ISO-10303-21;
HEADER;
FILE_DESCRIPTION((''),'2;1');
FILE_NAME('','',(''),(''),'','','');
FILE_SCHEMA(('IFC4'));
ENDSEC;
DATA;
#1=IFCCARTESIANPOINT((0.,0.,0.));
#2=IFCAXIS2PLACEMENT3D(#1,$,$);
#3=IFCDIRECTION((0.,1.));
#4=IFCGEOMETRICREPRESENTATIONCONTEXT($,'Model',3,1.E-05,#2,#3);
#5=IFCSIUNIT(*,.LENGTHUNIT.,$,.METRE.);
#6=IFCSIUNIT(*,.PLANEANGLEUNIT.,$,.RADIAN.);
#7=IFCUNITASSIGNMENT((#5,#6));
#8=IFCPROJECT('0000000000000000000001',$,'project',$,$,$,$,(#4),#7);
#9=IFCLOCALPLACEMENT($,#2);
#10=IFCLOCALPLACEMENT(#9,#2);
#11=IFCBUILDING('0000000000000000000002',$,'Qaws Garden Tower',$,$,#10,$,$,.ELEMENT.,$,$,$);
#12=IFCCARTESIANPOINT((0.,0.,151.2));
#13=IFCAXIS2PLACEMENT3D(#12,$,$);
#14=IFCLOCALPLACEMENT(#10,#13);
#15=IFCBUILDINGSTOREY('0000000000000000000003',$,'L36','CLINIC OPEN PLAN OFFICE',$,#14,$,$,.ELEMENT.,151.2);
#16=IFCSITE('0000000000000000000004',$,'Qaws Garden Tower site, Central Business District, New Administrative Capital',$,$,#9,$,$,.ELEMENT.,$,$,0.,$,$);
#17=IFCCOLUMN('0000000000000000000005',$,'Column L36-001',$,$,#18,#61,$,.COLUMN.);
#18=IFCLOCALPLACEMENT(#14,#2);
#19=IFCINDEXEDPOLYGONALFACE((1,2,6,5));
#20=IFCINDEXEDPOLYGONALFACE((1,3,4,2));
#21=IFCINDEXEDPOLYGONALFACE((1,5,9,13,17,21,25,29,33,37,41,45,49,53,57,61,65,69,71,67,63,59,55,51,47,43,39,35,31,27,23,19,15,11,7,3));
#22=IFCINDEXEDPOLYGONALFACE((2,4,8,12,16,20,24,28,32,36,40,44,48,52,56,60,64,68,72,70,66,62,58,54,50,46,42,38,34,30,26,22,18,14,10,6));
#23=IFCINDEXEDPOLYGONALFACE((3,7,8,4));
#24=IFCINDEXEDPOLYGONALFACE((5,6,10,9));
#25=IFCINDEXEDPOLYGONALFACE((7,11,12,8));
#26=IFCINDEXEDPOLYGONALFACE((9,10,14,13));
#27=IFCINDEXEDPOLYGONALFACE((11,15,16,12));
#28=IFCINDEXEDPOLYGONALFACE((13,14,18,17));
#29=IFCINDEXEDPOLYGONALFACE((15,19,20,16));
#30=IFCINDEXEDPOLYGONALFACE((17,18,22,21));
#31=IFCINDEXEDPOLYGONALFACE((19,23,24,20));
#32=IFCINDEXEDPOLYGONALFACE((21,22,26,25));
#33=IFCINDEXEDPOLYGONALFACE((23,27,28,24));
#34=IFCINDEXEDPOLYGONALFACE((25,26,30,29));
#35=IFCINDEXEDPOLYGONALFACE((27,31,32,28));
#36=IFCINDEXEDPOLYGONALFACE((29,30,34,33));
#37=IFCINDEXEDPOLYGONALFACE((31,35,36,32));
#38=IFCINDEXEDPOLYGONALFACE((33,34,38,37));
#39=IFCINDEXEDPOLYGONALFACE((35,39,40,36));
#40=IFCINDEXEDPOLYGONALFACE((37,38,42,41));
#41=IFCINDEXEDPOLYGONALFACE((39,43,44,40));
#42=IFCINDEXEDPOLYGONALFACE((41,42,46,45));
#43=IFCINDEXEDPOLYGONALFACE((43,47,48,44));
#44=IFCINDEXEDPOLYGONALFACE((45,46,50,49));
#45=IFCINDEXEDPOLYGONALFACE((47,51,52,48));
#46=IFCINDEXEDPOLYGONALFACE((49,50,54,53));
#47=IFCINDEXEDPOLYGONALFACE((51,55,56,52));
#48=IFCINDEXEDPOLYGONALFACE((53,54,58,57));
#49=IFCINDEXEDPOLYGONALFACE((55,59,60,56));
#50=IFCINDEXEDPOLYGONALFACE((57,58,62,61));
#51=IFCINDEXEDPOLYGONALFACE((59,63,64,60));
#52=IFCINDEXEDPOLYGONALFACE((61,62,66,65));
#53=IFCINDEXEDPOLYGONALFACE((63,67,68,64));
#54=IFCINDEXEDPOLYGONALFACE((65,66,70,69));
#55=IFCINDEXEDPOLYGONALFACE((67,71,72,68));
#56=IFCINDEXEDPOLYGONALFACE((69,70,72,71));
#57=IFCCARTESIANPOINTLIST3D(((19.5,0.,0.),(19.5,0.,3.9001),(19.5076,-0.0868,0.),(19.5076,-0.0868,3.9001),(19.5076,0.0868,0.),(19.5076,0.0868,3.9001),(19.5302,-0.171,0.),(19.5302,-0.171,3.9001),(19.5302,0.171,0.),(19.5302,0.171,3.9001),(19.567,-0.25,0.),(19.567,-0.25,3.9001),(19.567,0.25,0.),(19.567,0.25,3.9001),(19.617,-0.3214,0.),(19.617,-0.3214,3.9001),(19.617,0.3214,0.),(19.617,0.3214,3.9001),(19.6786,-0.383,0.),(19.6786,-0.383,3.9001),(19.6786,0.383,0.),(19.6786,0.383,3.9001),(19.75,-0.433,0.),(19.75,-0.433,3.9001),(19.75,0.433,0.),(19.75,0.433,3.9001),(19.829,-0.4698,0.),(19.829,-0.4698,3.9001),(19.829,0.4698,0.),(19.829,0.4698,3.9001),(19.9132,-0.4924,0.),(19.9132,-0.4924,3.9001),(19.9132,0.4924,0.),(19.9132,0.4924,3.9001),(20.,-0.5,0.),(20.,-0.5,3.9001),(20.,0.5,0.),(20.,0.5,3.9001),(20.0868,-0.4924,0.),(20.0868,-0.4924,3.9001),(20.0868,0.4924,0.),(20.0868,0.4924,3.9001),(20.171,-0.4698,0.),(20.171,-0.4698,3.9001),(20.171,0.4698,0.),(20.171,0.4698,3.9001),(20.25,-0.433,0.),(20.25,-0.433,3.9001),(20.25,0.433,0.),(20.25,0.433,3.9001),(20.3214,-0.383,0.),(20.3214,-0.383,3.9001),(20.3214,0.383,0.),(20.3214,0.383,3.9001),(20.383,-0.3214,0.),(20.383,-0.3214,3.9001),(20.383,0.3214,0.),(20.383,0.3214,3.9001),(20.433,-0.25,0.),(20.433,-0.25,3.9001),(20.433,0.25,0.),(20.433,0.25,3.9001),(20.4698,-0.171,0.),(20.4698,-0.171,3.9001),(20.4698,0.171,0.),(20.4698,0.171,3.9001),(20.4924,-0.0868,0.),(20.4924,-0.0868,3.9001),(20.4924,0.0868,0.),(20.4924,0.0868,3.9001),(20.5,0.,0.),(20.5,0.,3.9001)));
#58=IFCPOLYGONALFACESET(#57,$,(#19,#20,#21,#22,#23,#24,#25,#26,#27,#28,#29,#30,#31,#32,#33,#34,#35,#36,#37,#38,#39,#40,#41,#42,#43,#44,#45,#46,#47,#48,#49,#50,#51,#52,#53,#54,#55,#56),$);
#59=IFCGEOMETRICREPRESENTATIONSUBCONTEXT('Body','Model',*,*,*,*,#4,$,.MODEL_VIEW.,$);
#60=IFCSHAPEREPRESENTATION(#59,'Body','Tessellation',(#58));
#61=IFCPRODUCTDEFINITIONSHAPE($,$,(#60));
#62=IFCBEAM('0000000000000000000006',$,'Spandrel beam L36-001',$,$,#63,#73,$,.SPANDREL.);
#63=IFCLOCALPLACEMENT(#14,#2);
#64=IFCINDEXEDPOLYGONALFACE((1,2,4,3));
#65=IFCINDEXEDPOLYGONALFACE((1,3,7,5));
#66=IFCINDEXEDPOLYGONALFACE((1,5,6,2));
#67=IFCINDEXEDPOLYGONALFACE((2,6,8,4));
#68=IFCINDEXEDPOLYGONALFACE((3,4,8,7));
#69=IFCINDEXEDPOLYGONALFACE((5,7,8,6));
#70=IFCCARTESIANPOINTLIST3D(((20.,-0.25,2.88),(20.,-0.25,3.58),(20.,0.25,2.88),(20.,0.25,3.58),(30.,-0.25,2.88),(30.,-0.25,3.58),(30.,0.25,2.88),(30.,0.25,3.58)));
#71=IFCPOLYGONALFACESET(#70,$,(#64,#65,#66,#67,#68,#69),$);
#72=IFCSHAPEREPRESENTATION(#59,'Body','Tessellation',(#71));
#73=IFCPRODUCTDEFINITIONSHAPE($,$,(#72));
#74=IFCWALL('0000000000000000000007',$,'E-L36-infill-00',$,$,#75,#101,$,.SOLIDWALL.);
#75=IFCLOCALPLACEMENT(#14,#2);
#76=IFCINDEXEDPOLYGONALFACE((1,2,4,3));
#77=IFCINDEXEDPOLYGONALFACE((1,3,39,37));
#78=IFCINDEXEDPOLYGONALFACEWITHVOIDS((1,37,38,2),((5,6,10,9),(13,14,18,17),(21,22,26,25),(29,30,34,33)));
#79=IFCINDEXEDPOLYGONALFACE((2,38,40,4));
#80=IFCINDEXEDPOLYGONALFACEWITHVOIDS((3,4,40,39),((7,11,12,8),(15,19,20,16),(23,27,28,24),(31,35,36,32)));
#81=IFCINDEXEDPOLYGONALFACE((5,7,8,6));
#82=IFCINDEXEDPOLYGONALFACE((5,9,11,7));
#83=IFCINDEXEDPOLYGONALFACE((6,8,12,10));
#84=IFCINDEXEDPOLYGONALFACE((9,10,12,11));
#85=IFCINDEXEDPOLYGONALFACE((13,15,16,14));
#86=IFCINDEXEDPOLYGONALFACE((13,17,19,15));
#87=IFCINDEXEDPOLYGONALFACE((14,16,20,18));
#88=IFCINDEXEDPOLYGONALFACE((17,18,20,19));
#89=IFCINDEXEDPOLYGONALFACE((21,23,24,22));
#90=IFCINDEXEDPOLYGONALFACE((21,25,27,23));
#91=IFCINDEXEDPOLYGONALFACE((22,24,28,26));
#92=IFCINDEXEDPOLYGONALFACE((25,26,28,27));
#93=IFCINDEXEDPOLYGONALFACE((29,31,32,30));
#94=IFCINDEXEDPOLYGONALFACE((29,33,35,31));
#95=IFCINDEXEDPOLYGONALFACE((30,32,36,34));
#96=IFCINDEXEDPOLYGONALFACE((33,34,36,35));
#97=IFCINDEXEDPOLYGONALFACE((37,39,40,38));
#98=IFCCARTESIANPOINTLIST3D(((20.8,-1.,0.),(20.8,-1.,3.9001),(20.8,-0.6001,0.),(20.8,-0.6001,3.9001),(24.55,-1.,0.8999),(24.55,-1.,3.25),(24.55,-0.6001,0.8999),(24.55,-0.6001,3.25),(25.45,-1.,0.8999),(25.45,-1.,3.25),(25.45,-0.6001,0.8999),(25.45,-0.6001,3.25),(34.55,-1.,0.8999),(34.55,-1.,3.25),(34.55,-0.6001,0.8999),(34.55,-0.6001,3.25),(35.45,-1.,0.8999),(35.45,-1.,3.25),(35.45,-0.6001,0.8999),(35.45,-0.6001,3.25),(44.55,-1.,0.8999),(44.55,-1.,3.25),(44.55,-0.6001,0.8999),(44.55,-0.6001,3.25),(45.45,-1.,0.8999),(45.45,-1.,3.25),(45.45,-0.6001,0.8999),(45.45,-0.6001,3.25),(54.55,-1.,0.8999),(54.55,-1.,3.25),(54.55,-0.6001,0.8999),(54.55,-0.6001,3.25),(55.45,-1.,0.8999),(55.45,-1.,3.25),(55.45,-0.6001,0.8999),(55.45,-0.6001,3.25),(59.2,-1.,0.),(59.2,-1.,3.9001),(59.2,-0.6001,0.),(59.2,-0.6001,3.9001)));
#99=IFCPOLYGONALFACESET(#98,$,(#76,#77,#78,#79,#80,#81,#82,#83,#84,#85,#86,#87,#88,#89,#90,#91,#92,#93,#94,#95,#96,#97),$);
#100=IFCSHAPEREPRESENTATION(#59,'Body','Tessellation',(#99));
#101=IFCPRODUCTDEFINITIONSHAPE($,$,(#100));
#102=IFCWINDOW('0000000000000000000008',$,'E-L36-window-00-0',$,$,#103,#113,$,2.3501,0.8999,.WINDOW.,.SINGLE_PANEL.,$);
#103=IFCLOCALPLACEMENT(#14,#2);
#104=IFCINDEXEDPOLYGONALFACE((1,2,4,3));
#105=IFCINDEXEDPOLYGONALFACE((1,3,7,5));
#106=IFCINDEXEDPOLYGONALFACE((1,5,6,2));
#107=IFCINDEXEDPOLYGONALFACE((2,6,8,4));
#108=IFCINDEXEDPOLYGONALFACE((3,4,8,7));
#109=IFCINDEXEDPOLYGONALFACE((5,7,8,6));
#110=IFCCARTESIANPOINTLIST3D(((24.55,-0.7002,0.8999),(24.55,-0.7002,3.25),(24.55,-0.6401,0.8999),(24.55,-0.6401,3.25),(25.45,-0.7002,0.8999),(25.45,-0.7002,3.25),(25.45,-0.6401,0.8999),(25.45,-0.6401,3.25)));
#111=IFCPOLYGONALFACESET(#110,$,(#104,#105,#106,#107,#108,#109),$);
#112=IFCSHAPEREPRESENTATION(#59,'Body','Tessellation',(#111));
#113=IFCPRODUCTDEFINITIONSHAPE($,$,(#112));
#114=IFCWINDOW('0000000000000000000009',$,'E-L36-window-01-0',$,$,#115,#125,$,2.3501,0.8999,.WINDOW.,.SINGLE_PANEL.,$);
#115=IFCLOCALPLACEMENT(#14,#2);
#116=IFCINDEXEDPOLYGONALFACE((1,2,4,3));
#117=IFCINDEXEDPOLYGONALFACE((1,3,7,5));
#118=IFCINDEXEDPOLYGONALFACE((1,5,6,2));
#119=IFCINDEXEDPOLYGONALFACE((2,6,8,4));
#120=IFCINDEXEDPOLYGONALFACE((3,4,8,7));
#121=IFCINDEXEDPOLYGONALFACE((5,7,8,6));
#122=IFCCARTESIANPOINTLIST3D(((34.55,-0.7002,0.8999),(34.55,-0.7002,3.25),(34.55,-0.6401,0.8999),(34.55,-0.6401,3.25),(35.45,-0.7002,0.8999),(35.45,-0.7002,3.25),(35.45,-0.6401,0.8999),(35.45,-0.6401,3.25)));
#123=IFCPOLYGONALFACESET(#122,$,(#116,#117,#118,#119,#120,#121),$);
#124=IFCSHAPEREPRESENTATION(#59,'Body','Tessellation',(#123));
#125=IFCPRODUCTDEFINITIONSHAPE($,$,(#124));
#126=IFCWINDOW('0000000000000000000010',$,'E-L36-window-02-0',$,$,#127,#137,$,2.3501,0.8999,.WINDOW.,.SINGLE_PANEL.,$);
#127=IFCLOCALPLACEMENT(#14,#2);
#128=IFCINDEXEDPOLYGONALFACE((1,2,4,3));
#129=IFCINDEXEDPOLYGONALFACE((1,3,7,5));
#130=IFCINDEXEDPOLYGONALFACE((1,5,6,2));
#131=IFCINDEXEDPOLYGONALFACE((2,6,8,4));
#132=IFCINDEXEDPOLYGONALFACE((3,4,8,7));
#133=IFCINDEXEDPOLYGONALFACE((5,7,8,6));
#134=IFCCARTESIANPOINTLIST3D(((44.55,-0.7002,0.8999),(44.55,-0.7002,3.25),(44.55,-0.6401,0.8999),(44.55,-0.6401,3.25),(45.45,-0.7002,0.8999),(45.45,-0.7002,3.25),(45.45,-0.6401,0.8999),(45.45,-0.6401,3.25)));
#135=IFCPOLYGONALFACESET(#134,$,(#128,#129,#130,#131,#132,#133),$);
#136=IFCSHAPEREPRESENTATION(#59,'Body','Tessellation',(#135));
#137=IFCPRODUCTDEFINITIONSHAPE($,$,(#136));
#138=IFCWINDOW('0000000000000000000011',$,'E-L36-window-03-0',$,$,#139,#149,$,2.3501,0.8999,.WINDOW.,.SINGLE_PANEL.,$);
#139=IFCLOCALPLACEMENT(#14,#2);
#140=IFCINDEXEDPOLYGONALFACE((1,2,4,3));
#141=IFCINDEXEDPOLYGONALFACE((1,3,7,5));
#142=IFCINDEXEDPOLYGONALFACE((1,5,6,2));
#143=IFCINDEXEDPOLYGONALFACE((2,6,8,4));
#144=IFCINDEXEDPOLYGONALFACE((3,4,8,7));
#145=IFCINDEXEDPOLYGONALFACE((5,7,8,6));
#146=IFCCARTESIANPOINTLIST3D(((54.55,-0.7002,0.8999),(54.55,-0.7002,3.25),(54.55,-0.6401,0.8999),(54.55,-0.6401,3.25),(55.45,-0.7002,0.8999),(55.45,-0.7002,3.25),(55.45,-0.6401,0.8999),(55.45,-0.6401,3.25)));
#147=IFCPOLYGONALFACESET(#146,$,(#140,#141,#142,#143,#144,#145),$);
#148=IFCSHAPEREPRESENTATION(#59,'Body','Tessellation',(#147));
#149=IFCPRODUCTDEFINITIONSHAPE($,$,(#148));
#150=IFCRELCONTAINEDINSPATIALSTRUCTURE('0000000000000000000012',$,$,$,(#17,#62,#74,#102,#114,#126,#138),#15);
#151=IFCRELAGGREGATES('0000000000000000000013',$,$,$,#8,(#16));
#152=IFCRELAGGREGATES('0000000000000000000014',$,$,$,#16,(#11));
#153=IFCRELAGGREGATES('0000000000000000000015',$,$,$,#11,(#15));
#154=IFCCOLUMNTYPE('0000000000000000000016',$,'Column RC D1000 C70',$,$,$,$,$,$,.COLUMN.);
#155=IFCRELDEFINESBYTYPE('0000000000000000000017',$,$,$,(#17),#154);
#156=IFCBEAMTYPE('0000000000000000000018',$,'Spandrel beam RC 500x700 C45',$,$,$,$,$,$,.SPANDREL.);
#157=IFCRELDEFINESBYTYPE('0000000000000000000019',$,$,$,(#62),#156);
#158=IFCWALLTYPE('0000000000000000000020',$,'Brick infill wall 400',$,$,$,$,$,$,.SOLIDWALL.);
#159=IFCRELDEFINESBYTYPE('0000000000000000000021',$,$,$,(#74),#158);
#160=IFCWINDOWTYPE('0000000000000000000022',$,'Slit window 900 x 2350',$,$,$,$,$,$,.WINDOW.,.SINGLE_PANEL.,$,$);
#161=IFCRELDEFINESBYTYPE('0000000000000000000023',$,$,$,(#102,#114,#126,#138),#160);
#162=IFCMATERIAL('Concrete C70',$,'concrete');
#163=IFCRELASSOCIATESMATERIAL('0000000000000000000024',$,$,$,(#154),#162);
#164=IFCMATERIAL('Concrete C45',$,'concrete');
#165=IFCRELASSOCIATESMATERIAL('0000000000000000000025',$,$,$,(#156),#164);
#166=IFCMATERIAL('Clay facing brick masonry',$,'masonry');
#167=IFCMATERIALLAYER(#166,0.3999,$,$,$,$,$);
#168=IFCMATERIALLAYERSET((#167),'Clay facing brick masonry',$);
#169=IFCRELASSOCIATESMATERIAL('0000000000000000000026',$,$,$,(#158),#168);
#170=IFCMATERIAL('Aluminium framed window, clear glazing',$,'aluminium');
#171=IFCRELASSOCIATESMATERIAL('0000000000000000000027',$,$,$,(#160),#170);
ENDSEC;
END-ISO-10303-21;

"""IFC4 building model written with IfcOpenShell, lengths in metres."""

from ifc_helpers import new_model, si_unit, direction, frame, frame_2d, origin, origin_2d, place, context, subcontext, project, spatial, rectangle, circle, extrude, material, layer, layer_set, material_profile, profile_set, type_object, element, fill, save


model = new_model("IFC4")

# Units and contexts
model_context = context("Model", 3, precision=1e-05, world=origin(), true_north=direction((0.0, 1.0)))
body_context = subcontext(model_context, "Body", "Model", "MODEL_VIEW")
ifc_project = project(units=[si_unit("LENGTHUNIT", "METRE"), si_unit("PLANEANGLEUNIT", "RADIAN")], contexts=[model_context])

# Site, building, storey
site_placement = place(None, origin())
site = spatial("IfcSite", under=ifc_project, at=site_placement, Name="Qaws Garden Tower site, Central Business District, New Administrative Capital", CompositionType="ELEMENT", RefElevation=0.0)
building_placement = place(site_placement, origin())
building = spatial("IfcBuilding", under=site, at=building_placement, Name="Qaws Garden Tower", CompositionType="ELEMENT")
storey_placement = place(building_placement, frame((0.0, 0.0, 151.2)))
storey = spatial("IfcBuildingStorey", under=building, at=storey_placement, Name="L36", Description="CLINIC OPEN PLAN OFFICE", CompositionType="ELEMENT", Elevation=151.2)

# Column
ifc_material_1 = material(Name="Concrete C70", Category="concrete")
ifc_material_profile_1 = material_profile(ifc_material_1, circle(Radius=0.5, at=origin_2d()), Name="RC D1000")
ifc_profile_set_1 = profile_set([ifc_material_profile_1], Name="Concrete C70")
column_type = type_object("IfcColumnType", Name="Column RC D1000 C70", PredefinedType="COLUMN", material=ifc_profile_set_1)
column_placement = place(storey_placement, frame((20.0, 0.0, 0.0), z_axis=(0.0, 0.0, 1.0), x_axis=(1.0, 0.0, 0.0)))
element("IfcColumn", 1, at=column_placement, inside=storey, type_object=column_type, Name="Column L36-001", PredefinedType="COLUMN", context=body_context, shape_type="SweptSolid", body=[
    extrude(circle(Radius=0.5, at=origin_2d()), origin(), (0.0, 0.0, 1.0), 3.9001),
])

# Beam
ifc_material_2 = material(Name="Concrete C45", Category="concrete")
ifc_material_profile_2 = material_profile(ifc_material_2, rectangle(XDim=0.5, YDim=0.7, at=origin_2d()), Name="RC 500x700")
ifc_profile_set_2 = profile_set([ifc_material_profile_2], Name="Concrete C45")
beam_type = type_object("IfcBeamType", Name="Spandrel beam RC 500x700 C45", PredefinedType="SPANDREL", material=ifc_profile_set_2)
beam_placement = place(storey_placement, frame((20.0, 0.0, 3.23), z_axis=(1.0, 0.0, 0.0), x_axis=(0.0, 1.0, 0.0)))
element("IfcBeam", 2, at=beam_placement, inside=storey, type_object=beam_type, Name="Spandrel beam L36-001", PredefinedType="SPANDREL", context=body_context, shape_type="SweptSolid", body=[
    extrude(rectangle(XDim=0.5, YDim=0.7, at=origin_2d()), origin(), (0.0, 0.0, 1.0), 10.0),
])

# Wall, openings, windows
ifc_material_3 = material(Name="Clay facing brick masonry", Category="masonry")
ifc_layer_1 = layer(ifc_material_3, 0.3999)
ifc_layer_set_1 = layer_set([ifc_layer_1], Name="Clay facing brick masonry")
wall_type_1 = type_object("IfcWallType", Name="Brick infill wall 400", PredefinedType="SOLIDWALL", material=ifc_layer_set_1)
wall_1_placement = place(storey_placement, frame((20.8, -0.8, 0.0), z_axis=(0.0, 0.0, 1.0), x_axis=(1.0, 0.0, 0.0)))
wall_1 = element("IfcWall", 3, at=wall_1_placement, inside=storey, type_object=wall_type_1, Name="E-L36-infill-00", PredefinedType="SOLIDWALL", context=body_context, shape_type="SweptSolid", body=[
    extrude(rectangle(XDim=38.3999, YDim=0.3999, at=frame_2d((19.2, 0.0))), origin(), (0.0, 0.0, 1.0), 3.9001),
])
opening_1_placement = place(wall_1_placement, frame((3.75, 0.0, 0.8999)))
opening_1 = element("IfcOpeningElement", 4, at=opening_1_placement, cuts=wall_1, PredefinedType="OPENING", context=body_context, shape_type="SweptSolid", body=[
    extrude(rectangle(XDim=0.8999, YDim=2.3501, at=frame_2d((0.45, 1.175))), frame((0.0, 0.21, 0.0), z_axis=(0.0, -1.0, 0.0), x_axis=(1.0, 0.0, 0.0)), (0.0, 0.0, 1.0), 0.4199),
])
opening_2_placement = place(wall_1_placement, frame((13.75, 0.0, 0.8999)))
opening_2 = element("IfcOpeningElement", 5, at=opening_2_placement, cuts=wall_1, PredefinedType="OPENING", context=body_context, shape_type="SweptSolid", body=[
    extrude(rectangle(XDim=0.8999, YDim=2.3501, at=frame_2d((0.45, 1.175))), frame((0.0, 0.21, 0.0), z_axis=(0.0, -1.0, 0.0), x_axis=(1.0, 0.0, 0.0)), (0.0, 0.0, 1.0), 0.4199),
])
opening_3_placement = place(wall_1_placement, frame((23.75, 0.0, 0.8999)))
opening_3 = element("IfcOpeningElement", 6, at=opening_3_placement, cuts=wall_1, PredefinedType="OPENING", context=body_context, shape_type="SweptSolid", body=[
    extrude(rectangle(XDim=0.8999, YDim=2.3501, at=frame_2d((0.45, 1.175))), frame((0.0, 0.21, 0.0), z_axis=(0.0, -1.0, 0.0), x_axis=(1.0, 0.0, 0.0)), (0.0, 0.0, 1.0), 0.4199),
])
opening_4_placement = place(wall_1_placement, frame((33.75, 0.0, 0.8999)))
opening_4 = element("IfcOpeningElement", 7, at=opening_4_placement, cuts=wall_1, PredefinedType="OPENING", context=body_context, shape_type="SweptSolid", body=[
    extrude(rectangle(XDim=0.8999, YDim=2.3501, at=frame_2d((0.45, 1.175))), frame((0.0, 0.21, 0.0), z_axis=(0.0, -1.0, 0.0), x_axis=(1.0, 0.0, 0.0)), (0.0, 0.0, 1.0), 0.4199),
])
ifc_material_4 = material(Name="Aluminium framed window, clear glazing", Category="aluminium")
window_type = type_object("IfcWindowType", Name="Slit window 900 x 2350", PartitioningType="SINGLE_PANEL", PredefinedType="WINDOW", material=ifc_material_4)
window_1_placement = place(opening_1_placement, origin())
window_1 = element("IfcWindow", 8, at=window_1_placement, inside=storey, type_object=window_type, Name="E-L36-window-00-0", OverallHeight=2.3501, OverallWidth=0.8999, PartitioningType="SINGLE_PANEL", PredefinedType="WINDOW", context=body_context, shape_type="SweptSolid", body=[
    extrude(rectangle(XDim=0.8999, YDim=2.3501, at=frame_2d((0.45, 1.175))), frame((0.0, 0.1599, 0.0), z_axis=(0.0, -1.0, 0.0), x_axis=(1.0, 0.0, 0.0)), (0.0, 0.0, 1.0), 0.0601),
])
fill(opening_1, window_1)
window_2_placement = place(opening_2_placement, origin())
window_2 = element("IfcWindow", 9, at=window_2_placement, inside=storey, type_object=window_type, Name="E-L36-window-01-0", OverallHeight=2.3501, OverallWidth=0.8999, PartitioningType="SINGLE_PANEL", PredefinedType="WINDOW", context=body_context, shape_type="SweptSolid", body=[
    extrude(rectangle(XDim=0.8999, YDim=2.3501, at=frame_2d((0.45, 1.175))), frame((0.0, 0.1599, 0.0), z_axis=(0.0, -1.0, 0.0), x_axis=(1.0, 0.0, 0.0)), (0.0, 0.0, 1.0), 0.0601),
])
fill(opening_2, window_2)
window_3_placement = place(opening_3_placement, origin())
window_3 = element("IfcWindow", 10, at=window_3_placement, inside=storey, type_object=window_type, Name="E-L36-window-02-0", OverallHeight=2.3501, OverallWidth=0.8999, PartitioningType="SINGLE_PANEL", PredefinedType="WINDOW", context=body_context, shape_type="SweptSolid", body=[
    extrude(rectangle(XDim=0.8999, YDim=2.3501, at=frame_2d((0.45, 1.175))), frame((0.0, 0.1599, 0.0), z_axis=(0.0, -1.0, 0.0), x_axis=(1.0, 0.0, 0.0)), (0.0, 0.0, 1.0), 0.0601),
])
fill(opening_3, window_3)
window_4_placement = place(opening_4_placement, origin())
window_4 = element("IfcWindow", 11, at=window_4_placement, inside=storey, type_object=window_type, Name="E-L36-window-03-0", OverallHeight=2.3501, OverallWidth=0.8999, PartitioningType="SINGLE_PANEL", PredefinedType="WINDOW", context=body_context, shape_type="SweptSolid", body=[
    extrude(rectangle(XDim=0.8999, YDim=2.3501, at=frame_2d((0.45, 1.175))), frame((0.0, 0.1599, 0.0), z_axis=(0.0, -1.0, 0.0), x_axis=(1.0, 0.0, 0.0)), (0.0, 0.0, 1.0), 0.0601),
])
fill(opening_4, window_4)

save(model, "model.ifc")
